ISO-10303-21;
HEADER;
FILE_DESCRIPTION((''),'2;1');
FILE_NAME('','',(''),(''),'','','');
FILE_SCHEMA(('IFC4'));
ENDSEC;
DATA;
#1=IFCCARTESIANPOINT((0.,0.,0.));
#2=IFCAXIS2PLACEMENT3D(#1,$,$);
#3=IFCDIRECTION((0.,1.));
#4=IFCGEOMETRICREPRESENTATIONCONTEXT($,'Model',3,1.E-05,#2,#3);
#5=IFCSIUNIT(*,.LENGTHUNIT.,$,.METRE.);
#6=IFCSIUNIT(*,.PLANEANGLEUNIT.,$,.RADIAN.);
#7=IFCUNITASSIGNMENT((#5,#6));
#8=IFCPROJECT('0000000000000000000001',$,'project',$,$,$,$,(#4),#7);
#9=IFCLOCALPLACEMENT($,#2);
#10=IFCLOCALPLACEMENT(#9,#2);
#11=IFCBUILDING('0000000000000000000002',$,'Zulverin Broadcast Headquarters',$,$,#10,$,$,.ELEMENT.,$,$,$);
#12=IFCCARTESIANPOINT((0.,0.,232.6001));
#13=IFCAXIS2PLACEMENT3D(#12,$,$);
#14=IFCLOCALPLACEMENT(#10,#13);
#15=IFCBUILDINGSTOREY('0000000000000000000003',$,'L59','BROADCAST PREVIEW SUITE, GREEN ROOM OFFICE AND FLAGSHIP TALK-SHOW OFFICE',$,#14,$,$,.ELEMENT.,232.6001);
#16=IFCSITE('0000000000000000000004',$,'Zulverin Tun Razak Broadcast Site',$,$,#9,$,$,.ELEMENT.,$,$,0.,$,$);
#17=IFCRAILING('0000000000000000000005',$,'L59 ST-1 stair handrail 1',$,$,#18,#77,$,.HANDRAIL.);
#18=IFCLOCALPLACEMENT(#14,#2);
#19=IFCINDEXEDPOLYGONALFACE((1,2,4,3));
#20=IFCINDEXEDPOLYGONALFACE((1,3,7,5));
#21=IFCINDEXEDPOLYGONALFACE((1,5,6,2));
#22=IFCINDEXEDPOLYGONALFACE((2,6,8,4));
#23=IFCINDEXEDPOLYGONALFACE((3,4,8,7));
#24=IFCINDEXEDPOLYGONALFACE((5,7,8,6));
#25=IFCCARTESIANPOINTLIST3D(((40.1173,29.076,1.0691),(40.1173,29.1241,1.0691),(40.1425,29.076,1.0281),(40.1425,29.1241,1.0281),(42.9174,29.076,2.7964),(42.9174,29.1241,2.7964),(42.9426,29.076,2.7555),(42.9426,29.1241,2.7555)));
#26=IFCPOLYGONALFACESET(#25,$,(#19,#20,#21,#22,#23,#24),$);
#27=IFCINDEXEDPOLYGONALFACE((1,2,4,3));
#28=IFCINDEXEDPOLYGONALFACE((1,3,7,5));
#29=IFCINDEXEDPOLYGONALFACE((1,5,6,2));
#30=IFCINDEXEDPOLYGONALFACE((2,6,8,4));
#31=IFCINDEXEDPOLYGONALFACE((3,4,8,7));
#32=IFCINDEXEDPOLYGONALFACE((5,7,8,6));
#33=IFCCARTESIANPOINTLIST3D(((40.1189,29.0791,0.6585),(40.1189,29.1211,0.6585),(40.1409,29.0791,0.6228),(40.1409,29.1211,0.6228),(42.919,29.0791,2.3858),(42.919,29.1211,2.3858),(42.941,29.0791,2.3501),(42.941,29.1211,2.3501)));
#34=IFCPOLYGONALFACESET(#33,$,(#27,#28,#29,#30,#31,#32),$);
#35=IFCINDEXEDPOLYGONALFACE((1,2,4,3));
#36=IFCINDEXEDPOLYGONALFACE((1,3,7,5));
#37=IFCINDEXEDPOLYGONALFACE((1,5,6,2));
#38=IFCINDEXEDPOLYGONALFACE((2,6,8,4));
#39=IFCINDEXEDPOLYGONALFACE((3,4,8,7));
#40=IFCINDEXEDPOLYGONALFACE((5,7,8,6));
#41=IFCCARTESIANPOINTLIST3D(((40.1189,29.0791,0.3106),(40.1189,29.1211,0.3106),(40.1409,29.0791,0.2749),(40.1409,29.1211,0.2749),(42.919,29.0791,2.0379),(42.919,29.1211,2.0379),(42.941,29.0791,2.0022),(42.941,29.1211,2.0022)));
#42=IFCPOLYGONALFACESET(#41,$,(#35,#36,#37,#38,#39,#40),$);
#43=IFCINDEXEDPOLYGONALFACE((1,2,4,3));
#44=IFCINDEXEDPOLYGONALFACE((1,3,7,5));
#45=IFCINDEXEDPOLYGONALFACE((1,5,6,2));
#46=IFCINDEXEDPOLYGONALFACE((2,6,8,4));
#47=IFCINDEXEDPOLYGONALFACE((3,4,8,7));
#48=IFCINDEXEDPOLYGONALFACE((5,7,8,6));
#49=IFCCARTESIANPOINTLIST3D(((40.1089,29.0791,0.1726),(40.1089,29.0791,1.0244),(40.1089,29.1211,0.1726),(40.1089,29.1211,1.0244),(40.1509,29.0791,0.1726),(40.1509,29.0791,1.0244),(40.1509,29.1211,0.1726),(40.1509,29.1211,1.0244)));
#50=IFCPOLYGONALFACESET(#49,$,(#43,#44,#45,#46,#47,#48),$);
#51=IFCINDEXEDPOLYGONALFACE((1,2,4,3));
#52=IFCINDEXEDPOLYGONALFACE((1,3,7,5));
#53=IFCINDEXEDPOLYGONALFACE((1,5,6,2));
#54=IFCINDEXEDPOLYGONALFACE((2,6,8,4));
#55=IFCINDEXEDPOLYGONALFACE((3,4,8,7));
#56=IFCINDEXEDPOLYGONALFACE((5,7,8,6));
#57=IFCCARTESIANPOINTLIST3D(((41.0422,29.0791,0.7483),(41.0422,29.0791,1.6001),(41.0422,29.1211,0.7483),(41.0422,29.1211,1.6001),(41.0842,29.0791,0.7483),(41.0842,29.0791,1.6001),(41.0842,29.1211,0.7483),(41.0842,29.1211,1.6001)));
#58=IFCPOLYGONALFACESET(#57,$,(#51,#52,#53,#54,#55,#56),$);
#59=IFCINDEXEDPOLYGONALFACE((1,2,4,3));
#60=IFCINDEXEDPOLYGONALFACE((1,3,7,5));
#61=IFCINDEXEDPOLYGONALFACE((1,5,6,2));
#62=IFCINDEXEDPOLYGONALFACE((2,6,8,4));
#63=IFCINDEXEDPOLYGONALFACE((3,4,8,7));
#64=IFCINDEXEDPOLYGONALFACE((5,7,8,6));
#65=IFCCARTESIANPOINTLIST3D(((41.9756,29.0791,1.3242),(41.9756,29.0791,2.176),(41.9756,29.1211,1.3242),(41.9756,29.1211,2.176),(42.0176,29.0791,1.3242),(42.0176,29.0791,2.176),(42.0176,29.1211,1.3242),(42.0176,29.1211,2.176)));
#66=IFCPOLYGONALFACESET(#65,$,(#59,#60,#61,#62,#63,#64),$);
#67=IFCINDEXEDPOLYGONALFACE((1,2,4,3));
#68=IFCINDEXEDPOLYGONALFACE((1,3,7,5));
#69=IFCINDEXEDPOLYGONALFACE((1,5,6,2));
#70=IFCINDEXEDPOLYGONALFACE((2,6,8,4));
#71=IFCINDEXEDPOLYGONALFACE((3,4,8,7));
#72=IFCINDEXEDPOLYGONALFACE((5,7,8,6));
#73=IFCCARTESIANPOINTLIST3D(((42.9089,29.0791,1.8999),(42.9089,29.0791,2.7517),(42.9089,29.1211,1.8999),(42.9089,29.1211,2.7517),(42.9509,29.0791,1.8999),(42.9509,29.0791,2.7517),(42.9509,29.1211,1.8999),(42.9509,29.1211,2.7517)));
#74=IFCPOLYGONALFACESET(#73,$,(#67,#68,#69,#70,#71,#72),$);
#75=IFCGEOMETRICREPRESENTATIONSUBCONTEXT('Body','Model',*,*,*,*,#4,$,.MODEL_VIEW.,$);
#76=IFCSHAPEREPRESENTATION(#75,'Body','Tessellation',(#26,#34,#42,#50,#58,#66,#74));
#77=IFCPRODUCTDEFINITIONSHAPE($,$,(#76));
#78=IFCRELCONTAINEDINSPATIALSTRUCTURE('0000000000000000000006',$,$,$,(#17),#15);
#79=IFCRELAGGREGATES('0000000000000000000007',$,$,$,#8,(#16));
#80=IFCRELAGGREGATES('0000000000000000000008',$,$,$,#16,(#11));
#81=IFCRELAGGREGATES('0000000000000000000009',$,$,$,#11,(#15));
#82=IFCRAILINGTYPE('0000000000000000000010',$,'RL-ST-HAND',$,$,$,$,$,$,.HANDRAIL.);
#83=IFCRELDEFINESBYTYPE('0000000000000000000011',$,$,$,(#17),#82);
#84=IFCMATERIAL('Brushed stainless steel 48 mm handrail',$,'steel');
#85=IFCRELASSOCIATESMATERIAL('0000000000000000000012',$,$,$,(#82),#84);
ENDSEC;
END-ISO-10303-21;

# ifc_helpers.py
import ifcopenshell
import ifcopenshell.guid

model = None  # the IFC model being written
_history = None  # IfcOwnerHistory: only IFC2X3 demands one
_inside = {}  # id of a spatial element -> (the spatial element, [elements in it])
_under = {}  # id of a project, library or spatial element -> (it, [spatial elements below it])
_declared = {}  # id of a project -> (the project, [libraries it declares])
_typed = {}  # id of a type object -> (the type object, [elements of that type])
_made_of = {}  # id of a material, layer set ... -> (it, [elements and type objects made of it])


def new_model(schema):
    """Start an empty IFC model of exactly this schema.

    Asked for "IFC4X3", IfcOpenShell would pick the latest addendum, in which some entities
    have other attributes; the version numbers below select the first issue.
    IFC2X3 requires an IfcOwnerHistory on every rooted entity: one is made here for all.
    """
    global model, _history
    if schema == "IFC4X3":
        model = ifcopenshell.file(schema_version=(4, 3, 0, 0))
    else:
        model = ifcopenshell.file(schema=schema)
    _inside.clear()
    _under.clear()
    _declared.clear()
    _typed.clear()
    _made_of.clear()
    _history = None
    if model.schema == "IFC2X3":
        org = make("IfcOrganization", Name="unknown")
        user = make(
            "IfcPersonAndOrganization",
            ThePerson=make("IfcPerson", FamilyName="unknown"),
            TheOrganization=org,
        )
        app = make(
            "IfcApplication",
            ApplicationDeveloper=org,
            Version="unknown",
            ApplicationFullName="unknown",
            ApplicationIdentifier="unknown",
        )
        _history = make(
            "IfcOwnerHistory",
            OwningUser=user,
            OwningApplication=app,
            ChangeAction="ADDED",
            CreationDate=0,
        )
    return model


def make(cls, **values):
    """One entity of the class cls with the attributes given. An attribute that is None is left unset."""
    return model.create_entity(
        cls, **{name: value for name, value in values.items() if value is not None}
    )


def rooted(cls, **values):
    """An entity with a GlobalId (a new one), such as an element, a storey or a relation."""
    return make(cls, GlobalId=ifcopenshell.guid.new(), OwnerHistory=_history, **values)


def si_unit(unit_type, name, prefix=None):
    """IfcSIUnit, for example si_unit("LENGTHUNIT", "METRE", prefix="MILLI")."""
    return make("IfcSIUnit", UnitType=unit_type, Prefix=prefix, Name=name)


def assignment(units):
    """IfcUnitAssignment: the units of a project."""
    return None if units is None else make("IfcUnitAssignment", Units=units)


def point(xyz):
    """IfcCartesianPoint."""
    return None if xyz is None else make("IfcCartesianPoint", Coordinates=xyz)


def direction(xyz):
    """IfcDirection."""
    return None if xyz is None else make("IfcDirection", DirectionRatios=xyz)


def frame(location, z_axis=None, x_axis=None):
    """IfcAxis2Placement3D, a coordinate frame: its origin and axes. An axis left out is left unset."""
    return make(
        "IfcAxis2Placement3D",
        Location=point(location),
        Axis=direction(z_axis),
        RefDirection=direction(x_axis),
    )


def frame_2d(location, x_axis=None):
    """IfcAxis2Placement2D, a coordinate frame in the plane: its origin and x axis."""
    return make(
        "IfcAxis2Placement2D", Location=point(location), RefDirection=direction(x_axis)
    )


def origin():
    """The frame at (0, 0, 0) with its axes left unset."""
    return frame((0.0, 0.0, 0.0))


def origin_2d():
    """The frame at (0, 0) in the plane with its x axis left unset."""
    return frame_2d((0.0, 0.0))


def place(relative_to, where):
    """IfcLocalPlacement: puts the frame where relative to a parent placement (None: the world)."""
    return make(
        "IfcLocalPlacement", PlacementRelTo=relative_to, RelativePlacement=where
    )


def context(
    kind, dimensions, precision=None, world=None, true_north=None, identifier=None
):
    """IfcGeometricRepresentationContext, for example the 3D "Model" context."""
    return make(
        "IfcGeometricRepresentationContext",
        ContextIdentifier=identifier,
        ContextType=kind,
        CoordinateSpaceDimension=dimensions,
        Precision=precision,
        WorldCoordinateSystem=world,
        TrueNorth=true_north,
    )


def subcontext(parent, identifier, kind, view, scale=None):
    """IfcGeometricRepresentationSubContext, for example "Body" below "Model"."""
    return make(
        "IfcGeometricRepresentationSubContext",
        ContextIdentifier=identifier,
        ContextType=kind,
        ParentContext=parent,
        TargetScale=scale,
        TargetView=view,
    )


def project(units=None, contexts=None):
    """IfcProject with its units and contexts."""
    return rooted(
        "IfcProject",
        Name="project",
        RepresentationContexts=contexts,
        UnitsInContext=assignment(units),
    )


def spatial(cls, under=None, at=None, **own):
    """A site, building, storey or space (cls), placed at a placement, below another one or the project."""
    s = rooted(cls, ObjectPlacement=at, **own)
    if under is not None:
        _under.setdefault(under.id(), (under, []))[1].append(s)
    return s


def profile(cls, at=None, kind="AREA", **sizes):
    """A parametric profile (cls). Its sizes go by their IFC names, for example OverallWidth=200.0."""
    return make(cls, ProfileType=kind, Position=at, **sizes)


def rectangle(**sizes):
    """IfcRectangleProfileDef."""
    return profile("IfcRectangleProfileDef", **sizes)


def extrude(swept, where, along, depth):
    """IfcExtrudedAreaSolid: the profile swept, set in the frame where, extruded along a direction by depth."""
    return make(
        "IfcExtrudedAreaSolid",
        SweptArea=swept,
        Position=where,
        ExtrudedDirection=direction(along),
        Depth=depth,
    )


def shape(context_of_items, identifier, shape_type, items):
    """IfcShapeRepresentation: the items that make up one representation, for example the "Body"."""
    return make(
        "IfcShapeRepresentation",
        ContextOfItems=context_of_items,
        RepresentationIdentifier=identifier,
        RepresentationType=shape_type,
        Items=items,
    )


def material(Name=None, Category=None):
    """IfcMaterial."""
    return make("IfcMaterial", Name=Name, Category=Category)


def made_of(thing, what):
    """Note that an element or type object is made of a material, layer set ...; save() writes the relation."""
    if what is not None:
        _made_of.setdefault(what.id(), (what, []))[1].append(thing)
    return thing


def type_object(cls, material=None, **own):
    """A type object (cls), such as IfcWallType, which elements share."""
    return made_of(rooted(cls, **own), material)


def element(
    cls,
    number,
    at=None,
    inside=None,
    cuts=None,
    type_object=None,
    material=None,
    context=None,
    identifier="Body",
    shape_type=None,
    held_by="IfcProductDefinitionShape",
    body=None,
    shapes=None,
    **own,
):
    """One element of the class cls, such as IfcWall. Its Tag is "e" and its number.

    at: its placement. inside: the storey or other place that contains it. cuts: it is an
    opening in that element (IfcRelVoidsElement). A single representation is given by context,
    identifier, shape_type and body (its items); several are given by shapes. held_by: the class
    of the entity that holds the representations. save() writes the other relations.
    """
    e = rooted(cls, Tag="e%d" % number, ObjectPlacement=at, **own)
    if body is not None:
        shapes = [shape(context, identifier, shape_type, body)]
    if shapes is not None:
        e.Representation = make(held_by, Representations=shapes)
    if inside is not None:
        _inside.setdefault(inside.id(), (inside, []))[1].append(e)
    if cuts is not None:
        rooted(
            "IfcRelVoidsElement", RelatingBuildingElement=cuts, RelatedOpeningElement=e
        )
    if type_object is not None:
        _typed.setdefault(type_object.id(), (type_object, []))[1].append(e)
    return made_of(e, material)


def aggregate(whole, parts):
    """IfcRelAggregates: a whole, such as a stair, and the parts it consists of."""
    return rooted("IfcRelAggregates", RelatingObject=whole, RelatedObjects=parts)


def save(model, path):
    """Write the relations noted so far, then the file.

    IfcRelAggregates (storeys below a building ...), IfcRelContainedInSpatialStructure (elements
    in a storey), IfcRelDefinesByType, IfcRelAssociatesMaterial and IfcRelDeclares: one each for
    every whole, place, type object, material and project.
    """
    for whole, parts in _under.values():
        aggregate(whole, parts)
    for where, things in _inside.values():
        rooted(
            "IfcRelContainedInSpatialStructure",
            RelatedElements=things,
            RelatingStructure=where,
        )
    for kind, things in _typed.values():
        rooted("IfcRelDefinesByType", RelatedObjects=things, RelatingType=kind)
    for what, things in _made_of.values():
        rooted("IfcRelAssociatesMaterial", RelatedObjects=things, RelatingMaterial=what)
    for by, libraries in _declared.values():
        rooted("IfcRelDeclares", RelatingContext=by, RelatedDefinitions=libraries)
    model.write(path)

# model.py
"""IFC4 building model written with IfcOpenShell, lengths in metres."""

from ifc_helpers import new_model, si_unit, direction, frame, origin, origin_2d, place, context, subcontext, project, spatial, rectangle, extrude, material, type_object, element, save


model = new_model("IFC4")

# Units and contexts
model_context = context("Model", 3, precision=1e-05, world=origin(), true_north=direction((0.0, 1.0)))
body_context = subcontext(model_context, "Body", "Model", "MODEL_VIEW")
ifc_project = project(units=[si_unit("LENGTHUNIT", "METRE"), si_unit("PLANEANGLEUNIT", "RADIAN")], contexts=[model_context])

# Site, building, storey
site_placement = place(None, origin())
site = spatial("IfcSite", under=ifc_project, at=site_placement, Name="Zulverin Tun Razak Broadcast Site", CompositionType="ELEMENT", RefElevation=0.0)
building_placement = place(site_placement, origin())
building = spatial("IfcBuilding", under=site, at=building_placement, Name="Zulverin Broadcast Headquarters", CompositionType="ELEMENT")
storey_placement = place(building_placement, frame((0.0, 0.0, 232.6001)))
storey = spatial("IfcBuildingStorey", under=building, at=storey_placement, Name="L59", Description="BROADCAST PREVIEW SUITE, GREEN ROOM OFFICE AND FLAGSHIP TALK-SHOW OFFICE", CompositionType="ELEMENT", Elevation=232.6001)

# Railing
ifc_material_1 = material(Name="Brushed stainless steel 48 mm handrail", Category="steel")
railing_type = type_object("IfcRailingType", Name="RL-ST-HAND", PredefinedType="HANDRAIL", material=ifc_material_1)
railing_placement = place(storey_placement, frame((40.1299, 29.1001, 0.1726)))
element("IfcRailing", 1, at=railing_placement, inside=storey, type_object=railing_type, Name="L59 ST-1 stair handrail 1", PredefinedType="HANDRAIL", context=body_context, shape_type="SweptSolid", body=[
    extrude(rectangle(XDim=0.0481, YDim=0.0481, at=origin_2d()), frame((0.0, 0.0, 0.876), z_axis=(0.85109, 0.0, 0.52502), x_axis=(0.0, 1.0, 0.0)), (0.0, 0.0, 1.0), 3.29),
    extrude(rectangle(XDim=0.042, YDim=0.042, at=origin_2d()), frame((0.0, 0.0, 0.468), z_axis=(0.85109, 0.0, 0.52502), x_axis=(0.0, 1.0, 0.0)), (0.0, 0.0, 1.0), 3.29),
    extrude(rectangle(XDim=0.042, YDim=0.042, at=origin_2d()), frame((0.0, 0.0, 0.1201), z_axis=(0.85109, 0.0, 0.52502), x_axis=(0.0, 1.0, 0.0)), (0.0, 0.0, 1.0), 3.29),
    extrude(rectangle(XDim=0.042, YDim=0.042, at=origin_2d()), origin(), (0.0, 0.0, 1.0), 0.8518),
    extrude(rectangle(XDim=0.042, YDim=0.042, at=origin_2d()), frame((0.9333, 0.0, 0.5757)), (0.0, 0.0, 1.0), 0.8518),
    extrude(rectangle(XDim=0.042, YDim=0.042, at=origin_2d()), frame((1.8667, 0.0, 1.1516)), (0.0, 0.0, 1.0), 0.8518),
    extrude(rectangle(XDim=0.042, YDim=0.042, at=origin_2d()), frame((2.8, 0.0, 1.7273)), (0.0, 0.0, 1.0), 0.8518),
])

save(model, "model.ifc")
